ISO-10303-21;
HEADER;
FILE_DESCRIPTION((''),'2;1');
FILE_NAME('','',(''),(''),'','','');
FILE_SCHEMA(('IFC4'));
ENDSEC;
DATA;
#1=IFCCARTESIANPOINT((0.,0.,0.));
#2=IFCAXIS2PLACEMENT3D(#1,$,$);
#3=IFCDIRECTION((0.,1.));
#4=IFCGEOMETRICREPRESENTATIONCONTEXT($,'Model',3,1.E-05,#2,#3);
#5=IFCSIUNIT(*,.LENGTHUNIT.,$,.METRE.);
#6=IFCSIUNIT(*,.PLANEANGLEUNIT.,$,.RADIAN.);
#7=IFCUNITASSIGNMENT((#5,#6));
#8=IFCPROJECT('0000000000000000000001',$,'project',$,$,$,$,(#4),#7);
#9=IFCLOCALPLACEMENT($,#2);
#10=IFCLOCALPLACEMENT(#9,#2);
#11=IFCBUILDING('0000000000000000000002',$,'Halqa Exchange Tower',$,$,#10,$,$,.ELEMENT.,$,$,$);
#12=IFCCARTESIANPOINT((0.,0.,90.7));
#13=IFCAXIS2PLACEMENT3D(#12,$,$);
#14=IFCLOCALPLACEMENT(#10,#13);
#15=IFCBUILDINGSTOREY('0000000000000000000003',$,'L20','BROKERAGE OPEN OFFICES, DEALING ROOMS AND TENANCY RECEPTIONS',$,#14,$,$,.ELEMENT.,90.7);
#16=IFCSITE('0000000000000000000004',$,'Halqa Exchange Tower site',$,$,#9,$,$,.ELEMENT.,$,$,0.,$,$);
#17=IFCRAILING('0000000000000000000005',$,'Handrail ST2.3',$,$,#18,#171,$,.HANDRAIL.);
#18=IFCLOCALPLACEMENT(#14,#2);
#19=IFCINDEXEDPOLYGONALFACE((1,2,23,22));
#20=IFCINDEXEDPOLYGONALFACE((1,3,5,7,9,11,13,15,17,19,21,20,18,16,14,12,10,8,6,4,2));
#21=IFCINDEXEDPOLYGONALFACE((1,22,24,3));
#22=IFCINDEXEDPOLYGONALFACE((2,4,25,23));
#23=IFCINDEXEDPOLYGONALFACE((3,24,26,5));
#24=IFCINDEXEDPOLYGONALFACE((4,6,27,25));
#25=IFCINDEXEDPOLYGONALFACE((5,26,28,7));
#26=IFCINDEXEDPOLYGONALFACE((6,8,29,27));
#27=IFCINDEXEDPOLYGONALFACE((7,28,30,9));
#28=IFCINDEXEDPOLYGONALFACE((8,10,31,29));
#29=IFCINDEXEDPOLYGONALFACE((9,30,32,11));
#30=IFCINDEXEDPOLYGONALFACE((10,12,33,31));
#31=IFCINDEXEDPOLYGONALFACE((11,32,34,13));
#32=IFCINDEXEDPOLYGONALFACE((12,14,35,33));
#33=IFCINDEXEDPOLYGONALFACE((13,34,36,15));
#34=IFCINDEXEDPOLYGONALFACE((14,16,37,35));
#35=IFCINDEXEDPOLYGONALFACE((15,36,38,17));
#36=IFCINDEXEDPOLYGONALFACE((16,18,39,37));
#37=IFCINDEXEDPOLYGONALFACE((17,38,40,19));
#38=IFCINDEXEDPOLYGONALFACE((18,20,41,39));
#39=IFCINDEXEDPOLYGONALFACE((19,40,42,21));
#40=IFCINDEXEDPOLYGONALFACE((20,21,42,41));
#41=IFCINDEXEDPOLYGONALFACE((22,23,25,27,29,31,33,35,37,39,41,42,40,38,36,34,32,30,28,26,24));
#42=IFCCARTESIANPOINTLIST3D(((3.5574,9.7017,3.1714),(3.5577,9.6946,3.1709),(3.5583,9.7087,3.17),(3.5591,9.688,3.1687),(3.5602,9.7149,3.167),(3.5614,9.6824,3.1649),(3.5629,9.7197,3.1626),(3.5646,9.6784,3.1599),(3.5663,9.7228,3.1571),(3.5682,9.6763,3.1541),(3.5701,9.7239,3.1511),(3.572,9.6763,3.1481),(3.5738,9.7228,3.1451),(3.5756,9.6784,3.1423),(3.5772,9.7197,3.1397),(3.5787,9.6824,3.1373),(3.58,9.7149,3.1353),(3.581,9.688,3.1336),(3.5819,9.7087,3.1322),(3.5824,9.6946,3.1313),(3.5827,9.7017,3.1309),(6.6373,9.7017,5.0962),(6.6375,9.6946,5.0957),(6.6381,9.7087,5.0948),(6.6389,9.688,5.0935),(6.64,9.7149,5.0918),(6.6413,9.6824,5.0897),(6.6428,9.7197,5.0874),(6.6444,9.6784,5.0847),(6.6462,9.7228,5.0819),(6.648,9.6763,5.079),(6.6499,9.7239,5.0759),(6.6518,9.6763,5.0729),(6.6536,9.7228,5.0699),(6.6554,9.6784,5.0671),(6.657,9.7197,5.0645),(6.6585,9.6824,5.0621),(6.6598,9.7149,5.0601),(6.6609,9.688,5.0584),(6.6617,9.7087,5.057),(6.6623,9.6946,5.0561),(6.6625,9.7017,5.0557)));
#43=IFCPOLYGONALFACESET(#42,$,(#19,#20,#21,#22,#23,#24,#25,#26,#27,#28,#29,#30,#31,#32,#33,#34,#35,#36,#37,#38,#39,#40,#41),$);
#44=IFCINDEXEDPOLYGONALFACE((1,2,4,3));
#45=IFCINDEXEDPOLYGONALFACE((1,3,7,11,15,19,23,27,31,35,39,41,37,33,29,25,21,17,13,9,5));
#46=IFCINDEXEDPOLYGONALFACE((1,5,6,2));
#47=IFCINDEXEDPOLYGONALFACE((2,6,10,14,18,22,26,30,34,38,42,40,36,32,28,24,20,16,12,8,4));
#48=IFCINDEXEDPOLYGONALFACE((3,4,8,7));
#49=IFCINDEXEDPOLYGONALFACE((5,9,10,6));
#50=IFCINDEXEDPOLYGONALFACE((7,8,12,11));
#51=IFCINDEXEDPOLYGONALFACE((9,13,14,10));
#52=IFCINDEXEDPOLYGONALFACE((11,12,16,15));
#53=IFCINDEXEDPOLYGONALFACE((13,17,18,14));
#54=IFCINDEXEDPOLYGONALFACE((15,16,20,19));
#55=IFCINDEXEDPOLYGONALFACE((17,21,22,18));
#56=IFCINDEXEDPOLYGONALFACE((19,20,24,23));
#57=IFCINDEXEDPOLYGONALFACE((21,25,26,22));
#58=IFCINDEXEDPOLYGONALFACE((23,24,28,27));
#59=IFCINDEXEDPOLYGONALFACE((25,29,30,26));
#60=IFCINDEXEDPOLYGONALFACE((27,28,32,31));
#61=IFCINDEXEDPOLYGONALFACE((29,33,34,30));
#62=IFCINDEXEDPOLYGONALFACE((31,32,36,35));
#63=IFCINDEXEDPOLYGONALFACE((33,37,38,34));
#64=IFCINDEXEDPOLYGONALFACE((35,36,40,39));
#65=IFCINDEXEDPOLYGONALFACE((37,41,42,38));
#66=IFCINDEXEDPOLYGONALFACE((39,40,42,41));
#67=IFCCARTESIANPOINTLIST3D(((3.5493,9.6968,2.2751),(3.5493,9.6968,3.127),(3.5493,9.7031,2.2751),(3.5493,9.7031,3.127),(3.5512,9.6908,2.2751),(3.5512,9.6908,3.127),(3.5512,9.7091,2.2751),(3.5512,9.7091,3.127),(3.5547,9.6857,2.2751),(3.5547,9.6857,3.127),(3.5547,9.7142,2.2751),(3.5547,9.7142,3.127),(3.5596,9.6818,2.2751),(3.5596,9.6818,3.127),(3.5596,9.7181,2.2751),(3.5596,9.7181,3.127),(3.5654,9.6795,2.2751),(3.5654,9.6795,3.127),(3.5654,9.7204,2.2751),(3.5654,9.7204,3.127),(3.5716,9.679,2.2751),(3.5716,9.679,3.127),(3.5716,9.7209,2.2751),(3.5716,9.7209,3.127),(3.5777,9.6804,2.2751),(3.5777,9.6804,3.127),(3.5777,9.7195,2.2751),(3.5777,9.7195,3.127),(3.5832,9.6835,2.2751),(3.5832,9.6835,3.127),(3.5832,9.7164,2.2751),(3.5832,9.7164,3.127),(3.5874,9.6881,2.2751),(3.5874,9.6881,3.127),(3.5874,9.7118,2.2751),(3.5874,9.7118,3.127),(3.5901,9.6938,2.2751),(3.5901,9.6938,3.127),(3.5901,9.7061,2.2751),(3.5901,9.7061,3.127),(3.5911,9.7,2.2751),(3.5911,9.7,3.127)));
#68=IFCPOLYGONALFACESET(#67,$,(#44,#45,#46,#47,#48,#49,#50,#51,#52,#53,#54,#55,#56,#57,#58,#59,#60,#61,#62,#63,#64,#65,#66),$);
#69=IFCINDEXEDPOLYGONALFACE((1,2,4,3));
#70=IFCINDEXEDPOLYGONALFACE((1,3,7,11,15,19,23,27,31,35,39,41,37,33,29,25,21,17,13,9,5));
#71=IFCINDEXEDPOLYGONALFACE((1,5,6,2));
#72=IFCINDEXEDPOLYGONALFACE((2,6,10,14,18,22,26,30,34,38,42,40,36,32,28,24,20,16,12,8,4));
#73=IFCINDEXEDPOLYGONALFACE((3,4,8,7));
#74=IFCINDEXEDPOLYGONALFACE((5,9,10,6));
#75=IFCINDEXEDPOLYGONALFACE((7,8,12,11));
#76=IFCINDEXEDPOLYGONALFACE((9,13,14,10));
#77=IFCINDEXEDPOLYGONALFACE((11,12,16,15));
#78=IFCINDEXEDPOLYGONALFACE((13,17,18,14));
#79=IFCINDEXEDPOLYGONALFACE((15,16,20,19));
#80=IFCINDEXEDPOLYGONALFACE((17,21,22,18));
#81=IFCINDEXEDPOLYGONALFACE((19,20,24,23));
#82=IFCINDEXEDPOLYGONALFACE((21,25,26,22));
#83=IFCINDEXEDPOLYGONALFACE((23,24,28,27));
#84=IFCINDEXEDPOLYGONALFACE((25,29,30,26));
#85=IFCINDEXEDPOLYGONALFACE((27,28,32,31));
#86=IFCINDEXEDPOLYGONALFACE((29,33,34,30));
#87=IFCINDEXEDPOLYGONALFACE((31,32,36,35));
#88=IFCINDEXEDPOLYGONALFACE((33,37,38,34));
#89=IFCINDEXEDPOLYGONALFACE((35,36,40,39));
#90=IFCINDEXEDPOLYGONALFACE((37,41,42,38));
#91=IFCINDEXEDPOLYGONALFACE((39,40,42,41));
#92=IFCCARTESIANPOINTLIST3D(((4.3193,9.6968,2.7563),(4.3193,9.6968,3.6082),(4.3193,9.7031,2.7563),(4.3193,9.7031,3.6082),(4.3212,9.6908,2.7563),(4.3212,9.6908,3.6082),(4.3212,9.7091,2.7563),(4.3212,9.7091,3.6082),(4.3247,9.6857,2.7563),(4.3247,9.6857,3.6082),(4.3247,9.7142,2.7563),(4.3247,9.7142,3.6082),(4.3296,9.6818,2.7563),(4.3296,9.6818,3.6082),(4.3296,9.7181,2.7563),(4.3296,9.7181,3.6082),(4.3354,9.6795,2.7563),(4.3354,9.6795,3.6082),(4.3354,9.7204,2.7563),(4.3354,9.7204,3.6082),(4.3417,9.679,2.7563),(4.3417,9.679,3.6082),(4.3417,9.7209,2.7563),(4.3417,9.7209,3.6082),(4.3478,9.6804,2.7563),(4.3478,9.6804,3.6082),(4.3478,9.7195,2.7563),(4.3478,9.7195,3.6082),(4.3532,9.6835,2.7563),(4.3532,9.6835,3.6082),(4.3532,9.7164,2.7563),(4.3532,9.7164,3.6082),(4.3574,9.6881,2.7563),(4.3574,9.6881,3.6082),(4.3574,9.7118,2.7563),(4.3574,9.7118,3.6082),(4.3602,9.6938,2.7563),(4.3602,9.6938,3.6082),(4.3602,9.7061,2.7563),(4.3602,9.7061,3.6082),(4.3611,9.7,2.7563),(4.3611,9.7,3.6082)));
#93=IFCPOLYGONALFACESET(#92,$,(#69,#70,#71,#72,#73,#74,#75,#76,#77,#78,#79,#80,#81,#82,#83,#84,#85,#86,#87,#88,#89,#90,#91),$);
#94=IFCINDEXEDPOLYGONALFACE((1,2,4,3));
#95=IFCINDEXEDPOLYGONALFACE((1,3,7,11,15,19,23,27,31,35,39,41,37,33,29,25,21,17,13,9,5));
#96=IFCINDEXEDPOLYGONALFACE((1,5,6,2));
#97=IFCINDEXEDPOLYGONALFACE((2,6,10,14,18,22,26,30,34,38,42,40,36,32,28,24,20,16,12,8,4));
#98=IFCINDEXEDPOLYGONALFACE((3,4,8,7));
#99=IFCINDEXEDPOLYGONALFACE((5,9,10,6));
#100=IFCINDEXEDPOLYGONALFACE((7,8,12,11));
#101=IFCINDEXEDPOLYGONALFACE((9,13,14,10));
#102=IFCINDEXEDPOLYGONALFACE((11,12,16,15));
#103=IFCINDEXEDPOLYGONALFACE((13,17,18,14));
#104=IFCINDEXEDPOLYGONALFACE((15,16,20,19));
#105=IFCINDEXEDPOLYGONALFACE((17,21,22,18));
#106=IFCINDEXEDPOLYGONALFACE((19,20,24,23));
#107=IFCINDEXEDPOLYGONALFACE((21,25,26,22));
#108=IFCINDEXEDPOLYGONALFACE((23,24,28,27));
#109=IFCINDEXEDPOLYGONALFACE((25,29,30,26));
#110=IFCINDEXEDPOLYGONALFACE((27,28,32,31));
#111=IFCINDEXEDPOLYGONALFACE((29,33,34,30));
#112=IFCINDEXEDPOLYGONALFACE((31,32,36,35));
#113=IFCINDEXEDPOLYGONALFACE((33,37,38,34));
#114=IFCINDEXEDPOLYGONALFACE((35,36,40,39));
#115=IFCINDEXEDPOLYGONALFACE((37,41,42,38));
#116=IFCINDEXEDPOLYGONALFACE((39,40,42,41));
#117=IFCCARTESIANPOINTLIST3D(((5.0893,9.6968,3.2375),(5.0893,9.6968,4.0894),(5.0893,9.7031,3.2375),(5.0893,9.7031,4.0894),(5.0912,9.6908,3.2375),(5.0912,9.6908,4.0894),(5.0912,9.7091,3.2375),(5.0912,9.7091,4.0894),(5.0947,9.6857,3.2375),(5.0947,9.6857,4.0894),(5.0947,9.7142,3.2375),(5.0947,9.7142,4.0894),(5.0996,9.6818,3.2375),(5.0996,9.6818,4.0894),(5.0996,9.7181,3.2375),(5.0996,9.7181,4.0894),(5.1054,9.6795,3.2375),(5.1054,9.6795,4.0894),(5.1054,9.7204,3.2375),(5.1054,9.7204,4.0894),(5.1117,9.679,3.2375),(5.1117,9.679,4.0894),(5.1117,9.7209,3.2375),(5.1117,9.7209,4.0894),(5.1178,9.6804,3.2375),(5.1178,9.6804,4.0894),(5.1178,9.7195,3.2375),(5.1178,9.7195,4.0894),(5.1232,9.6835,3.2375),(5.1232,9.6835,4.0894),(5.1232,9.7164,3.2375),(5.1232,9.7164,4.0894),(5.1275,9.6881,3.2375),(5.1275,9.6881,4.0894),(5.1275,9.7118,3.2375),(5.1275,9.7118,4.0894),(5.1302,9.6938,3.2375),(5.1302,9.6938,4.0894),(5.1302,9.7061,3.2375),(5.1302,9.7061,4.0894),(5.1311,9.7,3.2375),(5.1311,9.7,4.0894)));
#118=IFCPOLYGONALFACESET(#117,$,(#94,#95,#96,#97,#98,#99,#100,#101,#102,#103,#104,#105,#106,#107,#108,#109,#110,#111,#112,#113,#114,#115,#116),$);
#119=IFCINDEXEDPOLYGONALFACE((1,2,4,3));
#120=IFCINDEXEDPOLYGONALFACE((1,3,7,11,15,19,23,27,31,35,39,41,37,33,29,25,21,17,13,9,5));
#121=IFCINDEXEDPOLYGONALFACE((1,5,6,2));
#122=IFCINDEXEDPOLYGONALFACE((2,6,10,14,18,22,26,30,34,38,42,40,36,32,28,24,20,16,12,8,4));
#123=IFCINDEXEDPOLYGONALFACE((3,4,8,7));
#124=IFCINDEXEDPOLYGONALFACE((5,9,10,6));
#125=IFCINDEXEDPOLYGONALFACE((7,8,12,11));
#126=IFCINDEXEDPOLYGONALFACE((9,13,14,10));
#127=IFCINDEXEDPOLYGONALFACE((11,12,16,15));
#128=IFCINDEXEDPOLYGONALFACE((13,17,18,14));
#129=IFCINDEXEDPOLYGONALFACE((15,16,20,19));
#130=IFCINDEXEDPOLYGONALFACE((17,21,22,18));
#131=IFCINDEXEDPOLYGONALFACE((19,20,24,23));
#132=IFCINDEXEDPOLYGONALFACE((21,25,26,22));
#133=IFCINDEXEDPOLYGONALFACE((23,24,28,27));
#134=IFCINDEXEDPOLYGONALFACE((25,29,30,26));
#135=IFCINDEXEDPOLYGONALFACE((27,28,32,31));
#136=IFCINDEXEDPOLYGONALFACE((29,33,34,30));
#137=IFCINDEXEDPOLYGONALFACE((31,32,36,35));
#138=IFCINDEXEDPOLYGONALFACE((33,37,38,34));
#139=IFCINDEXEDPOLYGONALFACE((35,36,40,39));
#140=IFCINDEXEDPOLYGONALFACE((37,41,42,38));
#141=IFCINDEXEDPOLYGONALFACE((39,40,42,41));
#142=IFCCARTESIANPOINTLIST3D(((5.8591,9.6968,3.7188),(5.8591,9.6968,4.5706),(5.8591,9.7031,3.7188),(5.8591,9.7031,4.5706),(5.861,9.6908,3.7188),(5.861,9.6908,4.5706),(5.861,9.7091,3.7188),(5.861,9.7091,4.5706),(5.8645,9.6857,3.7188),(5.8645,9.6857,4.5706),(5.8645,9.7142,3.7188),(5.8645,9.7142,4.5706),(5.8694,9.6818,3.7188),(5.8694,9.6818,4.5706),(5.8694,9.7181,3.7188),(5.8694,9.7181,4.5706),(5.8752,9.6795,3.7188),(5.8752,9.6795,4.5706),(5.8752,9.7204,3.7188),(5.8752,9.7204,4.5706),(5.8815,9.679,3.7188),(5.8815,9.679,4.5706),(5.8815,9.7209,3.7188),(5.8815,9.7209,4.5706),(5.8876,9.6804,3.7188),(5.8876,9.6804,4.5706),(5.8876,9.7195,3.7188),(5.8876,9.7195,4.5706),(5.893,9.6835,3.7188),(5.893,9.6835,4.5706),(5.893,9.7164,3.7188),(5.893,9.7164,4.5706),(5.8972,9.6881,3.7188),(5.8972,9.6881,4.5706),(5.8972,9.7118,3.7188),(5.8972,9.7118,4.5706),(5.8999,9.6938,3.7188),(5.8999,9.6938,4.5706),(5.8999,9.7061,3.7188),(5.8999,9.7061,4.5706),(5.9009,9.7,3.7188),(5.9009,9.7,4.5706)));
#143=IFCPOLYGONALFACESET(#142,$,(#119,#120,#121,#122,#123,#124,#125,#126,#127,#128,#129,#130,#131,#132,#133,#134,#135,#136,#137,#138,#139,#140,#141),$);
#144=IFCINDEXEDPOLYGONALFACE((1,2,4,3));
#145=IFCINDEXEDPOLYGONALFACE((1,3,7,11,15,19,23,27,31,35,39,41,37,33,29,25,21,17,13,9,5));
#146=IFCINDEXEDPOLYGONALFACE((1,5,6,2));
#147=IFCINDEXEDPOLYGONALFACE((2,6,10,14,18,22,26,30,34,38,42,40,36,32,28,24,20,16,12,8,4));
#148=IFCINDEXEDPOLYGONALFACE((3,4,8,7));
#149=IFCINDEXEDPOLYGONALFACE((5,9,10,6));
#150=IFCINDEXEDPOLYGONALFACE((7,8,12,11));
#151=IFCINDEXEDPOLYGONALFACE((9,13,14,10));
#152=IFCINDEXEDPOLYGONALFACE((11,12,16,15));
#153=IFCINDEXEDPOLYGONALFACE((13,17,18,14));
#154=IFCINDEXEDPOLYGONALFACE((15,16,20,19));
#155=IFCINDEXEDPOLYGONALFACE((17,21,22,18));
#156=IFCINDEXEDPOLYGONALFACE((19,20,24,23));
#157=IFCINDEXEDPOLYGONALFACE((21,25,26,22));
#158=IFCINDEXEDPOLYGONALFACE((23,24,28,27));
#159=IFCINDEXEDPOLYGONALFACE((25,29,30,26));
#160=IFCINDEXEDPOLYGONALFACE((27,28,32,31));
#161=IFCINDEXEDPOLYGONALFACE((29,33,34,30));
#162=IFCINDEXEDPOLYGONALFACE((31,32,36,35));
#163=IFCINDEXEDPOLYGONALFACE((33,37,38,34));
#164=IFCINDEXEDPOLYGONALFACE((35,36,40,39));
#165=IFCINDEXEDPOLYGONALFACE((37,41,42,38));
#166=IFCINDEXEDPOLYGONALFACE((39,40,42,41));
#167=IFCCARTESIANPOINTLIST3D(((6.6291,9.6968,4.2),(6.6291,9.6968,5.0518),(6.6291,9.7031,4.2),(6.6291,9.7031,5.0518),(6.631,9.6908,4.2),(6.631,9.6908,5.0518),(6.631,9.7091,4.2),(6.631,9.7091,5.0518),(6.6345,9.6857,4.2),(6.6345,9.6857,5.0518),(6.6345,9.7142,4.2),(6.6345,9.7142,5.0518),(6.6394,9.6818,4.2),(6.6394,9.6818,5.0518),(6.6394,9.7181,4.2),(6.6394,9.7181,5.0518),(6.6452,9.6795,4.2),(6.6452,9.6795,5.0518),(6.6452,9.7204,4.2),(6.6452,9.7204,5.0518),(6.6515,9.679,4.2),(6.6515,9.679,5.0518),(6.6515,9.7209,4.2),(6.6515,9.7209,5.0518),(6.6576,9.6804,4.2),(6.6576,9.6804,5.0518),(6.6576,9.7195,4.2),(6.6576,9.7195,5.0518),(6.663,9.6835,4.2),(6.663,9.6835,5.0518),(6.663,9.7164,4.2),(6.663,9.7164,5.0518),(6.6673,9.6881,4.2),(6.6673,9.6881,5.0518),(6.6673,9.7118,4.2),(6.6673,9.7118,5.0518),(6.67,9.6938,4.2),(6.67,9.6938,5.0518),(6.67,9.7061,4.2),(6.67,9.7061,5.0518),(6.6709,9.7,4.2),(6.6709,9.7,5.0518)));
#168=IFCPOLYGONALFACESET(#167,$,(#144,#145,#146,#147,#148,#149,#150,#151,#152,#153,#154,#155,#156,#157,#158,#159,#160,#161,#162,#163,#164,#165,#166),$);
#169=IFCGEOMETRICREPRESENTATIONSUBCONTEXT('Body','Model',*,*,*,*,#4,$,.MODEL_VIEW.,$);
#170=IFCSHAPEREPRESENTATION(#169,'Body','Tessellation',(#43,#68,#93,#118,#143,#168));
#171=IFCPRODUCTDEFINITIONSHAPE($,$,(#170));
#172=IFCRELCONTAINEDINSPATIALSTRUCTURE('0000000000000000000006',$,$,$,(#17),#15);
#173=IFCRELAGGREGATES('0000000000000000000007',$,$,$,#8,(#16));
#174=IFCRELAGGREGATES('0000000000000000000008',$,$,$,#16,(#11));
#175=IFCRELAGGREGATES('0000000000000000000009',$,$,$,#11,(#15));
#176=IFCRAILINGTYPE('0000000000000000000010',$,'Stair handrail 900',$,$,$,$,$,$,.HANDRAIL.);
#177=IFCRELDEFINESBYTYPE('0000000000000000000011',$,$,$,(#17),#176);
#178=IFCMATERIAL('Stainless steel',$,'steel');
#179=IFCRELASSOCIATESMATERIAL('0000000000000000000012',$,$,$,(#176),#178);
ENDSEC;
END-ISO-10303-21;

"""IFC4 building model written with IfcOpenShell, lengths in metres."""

from ifc_helpers import new_model, si_unit, direction, frame, origin, origin_2d, place, context, subcontext, project, spatial, circle, extrude, material, type_object, element, save


model = new_model("IFC4")

# Units and contexts
model_context = context("Model", 3, precision=1e-05, world=origin(), true_north=direction((0.0, 1.0)))
body_context = subcontext(model_context, "Body", "Model", "MODEL_VIEW")
ifc_project = project(units=[si_unit("LENGTHUNIT", "METRE"), si_unit("PLANEANGLEUNIT", "RADIAN")], contexts=[model_context])

# Site, building, storey
site_placement = place(None, origin())
site = spatial("IfcSite", under=ifc_project, at=site_placement, Name="Halqa Exchange Tower site", CompositionType="ELEMENT", RefElevation=0.0)
building_placement = place(site_placement, origin())
building = spatial("IfcBuilding", under=site, at=building_placement, Name="Halqa Exchange Tower", CompositionType="ELEMENT")
storey_placement = place(building_placement, frame((0.0, 0.0, 90.7)))
storey = spatial("IfcBuildingStorey", under=building, at=storey_placement, Name="L20", Description="BROKERAGE OPEN OFFICES, DEALING ROOMS AND TENANCY RECEPTIONS", CompositionType="ELEMENT", Elevation=90.7)

# Railing
ifc_material_1 = material(Name="Stainless steel", Category="steel")
railing_type_1 = type_object("IfcRailingType", Name="Stair handrail 900", PredefinedType="HANDRAIL", material=ifc_material_1)
railing_1_placement = place(storey_placement, frame((3.5701, 9.7, 2.2751)))
element("IfcRailing", 1, at=railing_1_placement, inside=storey, type_object=railing_type_1, Name="Handrail ST2.3", PredefinedType="HANDRAIL", context=body_context, shape_type="SweptSolid", body=[
    extrude(circle(Radius=0.0239, at=origin_2d()), frame((0.0, 0.0, 0.876), z_axis=(0.84801, 0.0, 0.529981), x_axis=(0.0, 1.0, 0.0)), (0.0, 0.0, 1.0), 3.6318),
    extrude(circle(Radius=0.021, at=origin_2d()), origin(), (0.0, 0.0, 1.0), 0.8518),
    extrude(circle(Radius=0.021, at=origin_2d()), frame((0.77, 0.0, 0.4812)), (0.0, 0.0, 1.0), 0.8518),
    extrude(circle(Radius=0.021, at=origin_2d()), frame((1.54, 0.0, 0.9624)), (0.0, 0.0, 1.0), 0.8518),
    extrude(circle(Radius=0.021, at=origin_2d()), frame((2.3098, 0.0, 1.4436)), (0.0, 0.0, 1.0), 0.8518),
    extrude(circle(Radius=0.021, at=origin_2d()), frame((3.0798, 0.0, 1.9248)), (0.0, 0.0, 1.0), 0.8518),
])

save(model, "model.ifc")
